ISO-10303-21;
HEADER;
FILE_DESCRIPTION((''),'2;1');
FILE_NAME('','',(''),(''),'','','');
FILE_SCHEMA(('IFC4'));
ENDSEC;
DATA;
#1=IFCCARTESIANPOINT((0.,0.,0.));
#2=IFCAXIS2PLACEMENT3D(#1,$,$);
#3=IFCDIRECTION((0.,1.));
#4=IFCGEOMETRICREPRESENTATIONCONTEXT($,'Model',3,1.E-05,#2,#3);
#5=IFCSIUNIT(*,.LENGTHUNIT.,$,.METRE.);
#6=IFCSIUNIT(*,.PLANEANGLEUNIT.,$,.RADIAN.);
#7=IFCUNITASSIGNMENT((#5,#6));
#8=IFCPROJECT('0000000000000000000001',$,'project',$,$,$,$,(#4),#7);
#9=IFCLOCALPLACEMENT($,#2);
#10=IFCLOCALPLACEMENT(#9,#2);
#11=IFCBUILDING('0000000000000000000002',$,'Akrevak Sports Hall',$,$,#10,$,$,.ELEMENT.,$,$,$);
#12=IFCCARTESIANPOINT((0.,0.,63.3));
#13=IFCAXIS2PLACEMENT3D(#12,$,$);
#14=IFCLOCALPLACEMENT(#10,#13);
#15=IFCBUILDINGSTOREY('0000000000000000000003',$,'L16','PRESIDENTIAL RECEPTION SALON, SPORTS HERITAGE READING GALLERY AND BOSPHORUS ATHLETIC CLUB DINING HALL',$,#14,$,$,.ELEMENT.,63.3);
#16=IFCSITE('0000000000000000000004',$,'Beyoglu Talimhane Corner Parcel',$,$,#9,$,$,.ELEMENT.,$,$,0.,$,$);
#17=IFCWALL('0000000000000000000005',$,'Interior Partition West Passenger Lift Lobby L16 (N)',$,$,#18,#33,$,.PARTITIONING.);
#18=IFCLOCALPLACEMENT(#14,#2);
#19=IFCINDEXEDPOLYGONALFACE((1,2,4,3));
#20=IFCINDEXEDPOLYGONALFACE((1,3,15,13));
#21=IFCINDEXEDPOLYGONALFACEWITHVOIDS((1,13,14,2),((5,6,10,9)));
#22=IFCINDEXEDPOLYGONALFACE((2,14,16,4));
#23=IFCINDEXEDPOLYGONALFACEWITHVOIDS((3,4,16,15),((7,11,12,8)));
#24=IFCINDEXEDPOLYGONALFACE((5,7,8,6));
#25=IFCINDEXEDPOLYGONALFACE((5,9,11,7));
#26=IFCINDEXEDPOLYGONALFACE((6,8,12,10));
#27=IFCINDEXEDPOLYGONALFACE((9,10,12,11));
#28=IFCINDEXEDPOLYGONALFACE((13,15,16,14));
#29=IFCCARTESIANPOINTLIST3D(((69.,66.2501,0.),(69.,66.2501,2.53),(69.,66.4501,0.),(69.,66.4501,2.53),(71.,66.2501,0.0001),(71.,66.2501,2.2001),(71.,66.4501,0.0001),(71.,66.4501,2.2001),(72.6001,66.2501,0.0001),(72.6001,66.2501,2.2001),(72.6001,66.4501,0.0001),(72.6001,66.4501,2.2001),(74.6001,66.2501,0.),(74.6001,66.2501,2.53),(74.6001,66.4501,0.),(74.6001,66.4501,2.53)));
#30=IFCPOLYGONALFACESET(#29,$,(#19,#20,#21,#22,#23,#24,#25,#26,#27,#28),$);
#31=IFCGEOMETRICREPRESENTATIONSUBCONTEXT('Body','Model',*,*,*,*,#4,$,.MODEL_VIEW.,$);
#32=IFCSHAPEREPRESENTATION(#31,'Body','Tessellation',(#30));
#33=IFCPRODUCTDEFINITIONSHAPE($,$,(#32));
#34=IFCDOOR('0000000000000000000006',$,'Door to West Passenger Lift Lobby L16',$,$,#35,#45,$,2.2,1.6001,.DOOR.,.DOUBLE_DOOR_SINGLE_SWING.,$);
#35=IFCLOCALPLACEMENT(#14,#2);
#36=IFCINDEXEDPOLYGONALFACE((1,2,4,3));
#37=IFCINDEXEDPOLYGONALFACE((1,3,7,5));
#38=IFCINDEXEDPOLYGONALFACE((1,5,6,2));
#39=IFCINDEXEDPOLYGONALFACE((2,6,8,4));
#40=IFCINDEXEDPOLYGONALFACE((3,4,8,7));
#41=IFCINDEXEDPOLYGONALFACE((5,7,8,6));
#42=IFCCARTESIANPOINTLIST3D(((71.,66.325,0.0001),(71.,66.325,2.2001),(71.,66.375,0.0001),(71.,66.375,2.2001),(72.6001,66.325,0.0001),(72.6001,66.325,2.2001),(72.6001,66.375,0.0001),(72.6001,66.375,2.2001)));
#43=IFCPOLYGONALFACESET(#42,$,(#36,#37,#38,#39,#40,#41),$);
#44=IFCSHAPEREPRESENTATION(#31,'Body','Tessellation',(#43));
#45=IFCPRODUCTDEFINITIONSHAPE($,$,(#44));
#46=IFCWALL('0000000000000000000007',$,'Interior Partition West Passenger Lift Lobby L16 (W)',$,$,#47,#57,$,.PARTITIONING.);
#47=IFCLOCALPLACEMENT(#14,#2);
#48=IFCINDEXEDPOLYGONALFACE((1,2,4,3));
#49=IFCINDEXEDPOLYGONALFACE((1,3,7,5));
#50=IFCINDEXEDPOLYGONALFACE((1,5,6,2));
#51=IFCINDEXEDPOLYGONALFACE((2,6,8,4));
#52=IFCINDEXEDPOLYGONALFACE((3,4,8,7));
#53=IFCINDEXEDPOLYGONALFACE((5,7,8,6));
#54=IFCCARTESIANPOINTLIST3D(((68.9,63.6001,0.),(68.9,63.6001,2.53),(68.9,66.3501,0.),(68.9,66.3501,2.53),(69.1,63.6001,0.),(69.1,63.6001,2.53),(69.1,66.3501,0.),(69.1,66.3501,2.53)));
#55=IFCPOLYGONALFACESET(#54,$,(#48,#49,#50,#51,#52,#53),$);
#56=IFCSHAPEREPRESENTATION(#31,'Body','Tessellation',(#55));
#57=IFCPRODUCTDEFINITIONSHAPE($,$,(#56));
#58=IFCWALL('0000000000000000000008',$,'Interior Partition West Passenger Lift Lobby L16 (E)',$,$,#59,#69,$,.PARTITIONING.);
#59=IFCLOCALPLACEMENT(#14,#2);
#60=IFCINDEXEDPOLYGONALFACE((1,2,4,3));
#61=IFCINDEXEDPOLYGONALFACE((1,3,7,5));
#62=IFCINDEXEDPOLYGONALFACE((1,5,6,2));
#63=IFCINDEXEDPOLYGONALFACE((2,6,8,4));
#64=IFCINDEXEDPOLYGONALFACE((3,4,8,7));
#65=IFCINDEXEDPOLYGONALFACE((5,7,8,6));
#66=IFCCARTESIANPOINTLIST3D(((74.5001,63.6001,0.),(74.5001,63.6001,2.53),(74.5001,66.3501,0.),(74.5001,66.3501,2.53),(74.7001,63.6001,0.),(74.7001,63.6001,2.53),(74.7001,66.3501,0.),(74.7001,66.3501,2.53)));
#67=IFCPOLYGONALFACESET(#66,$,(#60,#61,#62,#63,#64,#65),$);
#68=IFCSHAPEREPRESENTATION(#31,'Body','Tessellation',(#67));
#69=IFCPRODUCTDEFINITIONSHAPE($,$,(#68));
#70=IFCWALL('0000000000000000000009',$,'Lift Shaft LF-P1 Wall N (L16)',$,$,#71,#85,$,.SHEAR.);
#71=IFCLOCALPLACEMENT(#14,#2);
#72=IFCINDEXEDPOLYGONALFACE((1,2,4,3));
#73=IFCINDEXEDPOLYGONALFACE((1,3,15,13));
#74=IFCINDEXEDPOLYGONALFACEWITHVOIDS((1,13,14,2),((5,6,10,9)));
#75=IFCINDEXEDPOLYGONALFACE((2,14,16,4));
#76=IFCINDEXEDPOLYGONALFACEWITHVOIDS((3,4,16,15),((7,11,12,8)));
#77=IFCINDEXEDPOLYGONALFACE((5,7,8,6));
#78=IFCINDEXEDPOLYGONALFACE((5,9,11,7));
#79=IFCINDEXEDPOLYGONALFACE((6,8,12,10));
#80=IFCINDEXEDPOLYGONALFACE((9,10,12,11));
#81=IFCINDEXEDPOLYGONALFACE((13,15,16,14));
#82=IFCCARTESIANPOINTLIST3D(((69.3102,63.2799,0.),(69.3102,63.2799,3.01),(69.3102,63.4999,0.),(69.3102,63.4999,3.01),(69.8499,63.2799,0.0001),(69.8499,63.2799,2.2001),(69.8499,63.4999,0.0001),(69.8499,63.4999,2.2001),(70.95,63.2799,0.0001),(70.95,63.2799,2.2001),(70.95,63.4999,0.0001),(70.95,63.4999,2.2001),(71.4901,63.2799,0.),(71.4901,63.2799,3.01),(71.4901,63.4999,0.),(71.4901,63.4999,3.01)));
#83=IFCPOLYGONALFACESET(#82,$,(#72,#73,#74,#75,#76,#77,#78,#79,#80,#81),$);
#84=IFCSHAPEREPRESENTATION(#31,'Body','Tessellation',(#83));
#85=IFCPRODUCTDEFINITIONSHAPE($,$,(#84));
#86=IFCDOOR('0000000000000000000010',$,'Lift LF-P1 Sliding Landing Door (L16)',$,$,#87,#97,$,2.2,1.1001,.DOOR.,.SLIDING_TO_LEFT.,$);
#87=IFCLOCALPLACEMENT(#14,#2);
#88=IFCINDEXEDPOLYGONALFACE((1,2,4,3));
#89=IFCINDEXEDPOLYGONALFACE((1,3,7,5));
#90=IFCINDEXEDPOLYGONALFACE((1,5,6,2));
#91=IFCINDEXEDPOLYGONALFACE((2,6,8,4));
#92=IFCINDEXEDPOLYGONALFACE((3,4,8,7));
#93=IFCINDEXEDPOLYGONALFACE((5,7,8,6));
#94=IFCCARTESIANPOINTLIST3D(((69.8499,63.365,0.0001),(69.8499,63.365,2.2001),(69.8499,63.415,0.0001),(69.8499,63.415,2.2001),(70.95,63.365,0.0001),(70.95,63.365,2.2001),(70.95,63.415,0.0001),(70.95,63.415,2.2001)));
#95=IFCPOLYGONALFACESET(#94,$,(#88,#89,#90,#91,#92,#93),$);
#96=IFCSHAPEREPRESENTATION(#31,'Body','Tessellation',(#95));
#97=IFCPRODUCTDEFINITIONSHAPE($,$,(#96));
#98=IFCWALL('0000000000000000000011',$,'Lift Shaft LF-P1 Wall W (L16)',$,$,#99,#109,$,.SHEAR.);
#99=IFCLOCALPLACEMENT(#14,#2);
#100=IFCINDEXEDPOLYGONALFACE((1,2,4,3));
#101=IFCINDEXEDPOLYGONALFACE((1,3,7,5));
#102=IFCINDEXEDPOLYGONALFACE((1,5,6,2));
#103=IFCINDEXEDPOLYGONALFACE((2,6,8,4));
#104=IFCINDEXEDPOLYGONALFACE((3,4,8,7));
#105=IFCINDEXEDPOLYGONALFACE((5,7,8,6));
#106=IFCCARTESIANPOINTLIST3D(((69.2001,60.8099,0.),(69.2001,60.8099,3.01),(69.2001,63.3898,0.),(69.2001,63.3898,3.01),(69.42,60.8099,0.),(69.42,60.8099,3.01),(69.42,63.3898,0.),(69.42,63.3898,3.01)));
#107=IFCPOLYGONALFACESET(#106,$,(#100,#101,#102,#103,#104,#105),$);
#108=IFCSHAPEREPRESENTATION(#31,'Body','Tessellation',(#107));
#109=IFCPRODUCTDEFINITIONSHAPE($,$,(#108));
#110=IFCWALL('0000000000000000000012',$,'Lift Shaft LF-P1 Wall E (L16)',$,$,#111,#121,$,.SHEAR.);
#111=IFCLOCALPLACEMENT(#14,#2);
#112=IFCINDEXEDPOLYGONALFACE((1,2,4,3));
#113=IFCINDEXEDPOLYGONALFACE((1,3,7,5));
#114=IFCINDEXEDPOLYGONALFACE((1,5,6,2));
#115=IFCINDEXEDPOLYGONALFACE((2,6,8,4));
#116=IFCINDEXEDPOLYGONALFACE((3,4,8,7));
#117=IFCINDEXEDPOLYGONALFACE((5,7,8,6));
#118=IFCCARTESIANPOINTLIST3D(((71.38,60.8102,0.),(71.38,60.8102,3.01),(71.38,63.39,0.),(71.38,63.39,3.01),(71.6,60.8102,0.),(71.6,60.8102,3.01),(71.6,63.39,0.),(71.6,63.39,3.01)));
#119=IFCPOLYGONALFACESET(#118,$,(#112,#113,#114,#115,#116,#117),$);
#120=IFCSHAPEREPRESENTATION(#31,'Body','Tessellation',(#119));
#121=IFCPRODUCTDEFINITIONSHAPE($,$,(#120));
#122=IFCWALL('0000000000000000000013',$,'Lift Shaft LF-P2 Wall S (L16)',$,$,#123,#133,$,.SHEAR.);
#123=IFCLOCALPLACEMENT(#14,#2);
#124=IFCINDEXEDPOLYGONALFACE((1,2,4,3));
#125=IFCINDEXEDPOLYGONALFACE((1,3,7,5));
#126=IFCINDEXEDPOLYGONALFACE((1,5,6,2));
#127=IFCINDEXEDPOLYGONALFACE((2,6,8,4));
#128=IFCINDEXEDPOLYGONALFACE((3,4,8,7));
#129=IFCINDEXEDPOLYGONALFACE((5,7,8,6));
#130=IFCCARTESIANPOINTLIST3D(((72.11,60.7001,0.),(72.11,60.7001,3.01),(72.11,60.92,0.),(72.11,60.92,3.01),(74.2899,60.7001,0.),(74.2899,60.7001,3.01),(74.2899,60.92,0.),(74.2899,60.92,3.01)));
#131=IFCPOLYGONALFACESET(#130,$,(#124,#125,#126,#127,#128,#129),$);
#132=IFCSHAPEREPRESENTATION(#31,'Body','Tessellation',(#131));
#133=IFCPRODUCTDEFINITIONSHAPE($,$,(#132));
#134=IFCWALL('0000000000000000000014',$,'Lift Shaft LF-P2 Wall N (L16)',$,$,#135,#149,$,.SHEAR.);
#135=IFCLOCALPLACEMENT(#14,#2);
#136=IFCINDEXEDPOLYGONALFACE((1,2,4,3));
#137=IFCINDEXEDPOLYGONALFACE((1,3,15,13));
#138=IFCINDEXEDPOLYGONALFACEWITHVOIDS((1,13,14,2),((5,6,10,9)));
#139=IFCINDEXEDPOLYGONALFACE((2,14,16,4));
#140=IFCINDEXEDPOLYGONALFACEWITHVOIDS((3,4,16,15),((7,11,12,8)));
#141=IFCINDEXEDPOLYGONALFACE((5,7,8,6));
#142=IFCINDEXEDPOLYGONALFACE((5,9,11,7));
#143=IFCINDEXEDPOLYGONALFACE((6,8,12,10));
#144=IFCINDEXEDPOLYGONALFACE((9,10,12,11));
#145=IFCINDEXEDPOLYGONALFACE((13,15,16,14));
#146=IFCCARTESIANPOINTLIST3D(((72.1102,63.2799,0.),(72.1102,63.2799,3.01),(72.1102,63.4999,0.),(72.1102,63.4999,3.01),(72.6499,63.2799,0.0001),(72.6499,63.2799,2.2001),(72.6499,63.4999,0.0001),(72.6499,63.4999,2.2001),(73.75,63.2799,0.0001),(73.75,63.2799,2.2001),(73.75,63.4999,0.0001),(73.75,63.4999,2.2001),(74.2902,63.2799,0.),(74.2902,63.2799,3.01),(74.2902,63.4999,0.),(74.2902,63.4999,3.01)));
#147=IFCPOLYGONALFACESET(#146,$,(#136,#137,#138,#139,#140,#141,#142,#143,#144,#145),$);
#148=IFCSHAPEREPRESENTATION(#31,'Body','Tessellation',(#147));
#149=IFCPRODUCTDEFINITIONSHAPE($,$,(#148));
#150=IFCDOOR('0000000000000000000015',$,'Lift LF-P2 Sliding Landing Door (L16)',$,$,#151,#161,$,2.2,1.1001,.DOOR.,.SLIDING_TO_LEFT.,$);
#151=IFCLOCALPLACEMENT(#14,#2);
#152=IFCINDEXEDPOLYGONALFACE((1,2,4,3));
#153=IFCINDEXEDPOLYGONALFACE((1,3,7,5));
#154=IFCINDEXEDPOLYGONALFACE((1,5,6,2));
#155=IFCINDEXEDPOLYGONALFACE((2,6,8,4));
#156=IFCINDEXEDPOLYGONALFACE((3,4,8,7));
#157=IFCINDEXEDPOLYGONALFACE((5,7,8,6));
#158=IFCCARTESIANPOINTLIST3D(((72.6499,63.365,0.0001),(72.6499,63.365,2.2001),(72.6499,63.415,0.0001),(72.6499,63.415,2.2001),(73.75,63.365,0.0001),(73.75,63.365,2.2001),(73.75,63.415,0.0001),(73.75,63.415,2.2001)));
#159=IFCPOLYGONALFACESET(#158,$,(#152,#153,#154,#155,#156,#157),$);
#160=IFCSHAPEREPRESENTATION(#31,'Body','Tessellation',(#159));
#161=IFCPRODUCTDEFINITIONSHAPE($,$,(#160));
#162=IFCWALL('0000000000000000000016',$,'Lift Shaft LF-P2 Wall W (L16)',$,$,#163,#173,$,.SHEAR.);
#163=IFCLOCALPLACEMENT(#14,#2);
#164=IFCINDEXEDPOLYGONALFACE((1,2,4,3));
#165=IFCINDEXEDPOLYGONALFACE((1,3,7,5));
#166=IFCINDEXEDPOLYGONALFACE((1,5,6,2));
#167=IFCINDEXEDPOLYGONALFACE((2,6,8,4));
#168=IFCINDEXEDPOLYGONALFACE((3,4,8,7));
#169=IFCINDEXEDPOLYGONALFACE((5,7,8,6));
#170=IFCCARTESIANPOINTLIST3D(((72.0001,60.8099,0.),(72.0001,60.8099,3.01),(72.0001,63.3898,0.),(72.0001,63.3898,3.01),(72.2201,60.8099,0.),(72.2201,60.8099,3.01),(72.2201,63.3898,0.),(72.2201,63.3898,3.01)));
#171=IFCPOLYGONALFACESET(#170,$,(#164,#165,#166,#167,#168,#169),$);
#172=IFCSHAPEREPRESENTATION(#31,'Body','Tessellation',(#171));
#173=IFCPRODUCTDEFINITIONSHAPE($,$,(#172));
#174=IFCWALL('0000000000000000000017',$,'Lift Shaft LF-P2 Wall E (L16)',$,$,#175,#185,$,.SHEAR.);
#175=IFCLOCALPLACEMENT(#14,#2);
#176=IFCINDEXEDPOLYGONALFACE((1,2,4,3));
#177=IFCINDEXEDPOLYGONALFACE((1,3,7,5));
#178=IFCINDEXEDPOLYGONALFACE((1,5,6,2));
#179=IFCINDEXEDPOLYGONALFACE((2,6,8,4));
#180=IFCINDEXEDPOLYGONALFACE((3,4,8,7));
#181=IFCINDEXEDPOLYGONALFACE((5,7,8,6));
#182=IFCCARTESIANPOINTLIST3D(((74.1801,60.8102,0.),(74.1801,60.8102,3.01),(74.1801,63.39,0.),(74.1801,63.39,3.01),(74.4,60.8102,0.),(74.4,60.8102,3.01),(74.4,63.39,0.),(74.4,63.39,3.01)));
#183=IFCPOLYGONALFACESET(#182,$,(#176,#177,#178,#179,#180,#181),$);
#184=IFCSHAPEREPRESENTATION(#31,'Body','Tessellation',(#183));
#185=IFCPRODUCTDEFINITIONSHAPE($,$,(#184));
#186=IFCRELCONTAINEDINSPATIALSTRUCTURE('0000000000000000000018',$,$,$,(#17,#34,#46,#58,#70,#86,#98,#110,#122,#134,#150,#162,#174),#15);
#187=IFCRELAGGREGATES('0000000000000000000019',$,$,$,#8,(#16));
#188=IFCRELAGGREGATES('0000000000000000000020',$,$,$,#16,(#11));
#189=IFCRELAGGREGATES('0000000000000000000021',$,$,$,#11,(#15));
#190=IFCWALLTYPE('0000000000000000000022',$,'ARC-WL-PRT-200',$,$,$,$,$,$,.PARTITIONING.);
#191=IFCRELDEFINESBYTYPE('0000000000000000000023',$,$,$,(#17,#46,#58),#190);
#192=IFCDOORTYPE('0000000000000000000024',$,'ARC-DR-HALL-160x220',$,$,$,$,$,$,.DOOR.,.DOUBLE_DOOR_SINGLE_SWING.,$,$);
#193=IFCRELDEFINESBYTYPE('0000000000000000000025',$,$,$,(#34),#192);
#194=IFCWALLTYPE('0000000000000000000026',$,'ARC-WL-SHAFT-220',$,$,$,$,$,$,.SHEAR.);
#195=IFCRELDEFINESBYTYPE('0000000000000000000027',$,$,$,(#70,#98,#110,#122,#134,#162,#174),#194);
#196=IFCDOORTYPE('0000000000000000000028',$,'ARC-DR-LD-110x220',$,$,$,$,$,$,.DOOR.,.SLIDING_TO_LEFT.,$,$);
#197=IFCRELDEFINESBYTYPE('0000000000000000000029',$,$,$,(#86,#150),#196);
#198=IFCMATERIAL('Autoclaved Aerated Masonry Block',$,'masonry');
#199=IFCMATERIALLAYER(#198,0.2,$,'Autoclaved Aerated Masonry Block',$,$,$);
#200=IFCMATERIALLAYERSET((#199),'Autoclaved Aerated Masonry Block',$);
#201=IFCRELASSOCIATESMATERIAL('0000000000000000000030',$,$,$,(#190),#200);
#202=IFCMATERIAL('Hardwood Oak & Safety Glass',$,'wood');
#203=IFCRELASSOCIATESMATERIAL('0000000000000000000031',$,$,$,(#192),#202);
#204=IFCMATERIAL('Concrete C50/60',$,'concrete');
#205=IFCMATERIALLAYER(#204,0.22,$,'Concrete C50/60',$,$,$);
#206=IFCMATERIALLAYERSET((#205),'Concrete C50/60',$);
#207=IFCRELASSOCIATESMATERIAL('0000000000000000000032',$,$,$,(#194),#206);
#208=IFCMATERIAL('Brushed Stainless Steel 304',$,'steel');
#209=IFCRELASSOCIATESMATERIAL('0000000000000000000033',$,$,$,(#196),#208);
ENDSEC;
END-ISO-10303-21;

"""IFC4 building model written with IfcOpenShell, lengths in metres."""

from ifc_helpers import new_model, si_unit, direction, frame, frame_2d, origin, place, context, subcontext, project, spatial, rectangle, extrude, material, layer, layer_set, type_object, element, fill, save


model = new_model("IFC4")

# Units and contexts
model_context = context("Model", 3, precision=1e-05, world=origin(), true_north=direction((0.0, 1.0)))
body_context = subcontext(model_context, "Body", "Model", "MODEL_VIEW")
ifc_project = project(units=[si_unit("LENGTHUNIT", "METRE"), si_unit("PLANEANGLEUNIT", "RADIAN")], contexts=[model_context])

# Site, building, storey
site_placement = place(None, origin())
site = spatial("IfcSite", under=ifc_project, at=site_placement, Name="Beyoglu Talimhane Corner Parcel", CompositionType="ELEMENT", RefElevation=0.0)
building_placement = place(site_placement, origin())
building = spatial("IfcBuilding", under=site, at=building_placement, Name="Akrevak Sports Hall", CompositionType="ELEMENT")
storey_placement = place(building_placement, frame((0.0, 0.0, 63.3)))
storey = spatial("IfcBuildingStorey", under=building, at=storey_placement, Name="L16", Description="PRESIDENTIAL RECEPTION SALON, SPORTS HERITAGE READING GALLERY AND BOSPHORUS ATHLETIC CLUB DINING HALL", CompositionType="ELEMENT", Elevation=63.3)

# Wall, opening, door
ifc_material_1 = material(Name="Autoclaved Aerated Masonry Block", Category="masonry")
ifc_layer_1 = layer(ifc_material_1, 0.2, Name="Autoclaved Aerated Masonry Block")
ifc_layer_set_1 = layer_set([ifc_layer_1], Name="Autoclaved Aerated Masonry Block")
wall_type_1 = type_object("IfcWallType", Name="ARC-WL-PRT-200", PredefinedType="PARTITIONING", material=ifc_layer_set_1)
wall_1_placement = place(storey_placement, frame((69.0, 66.3501, 0.0), z_axis=(0.0, 0.0, 1.0), x_axis=(1.0, 0.0, 0.0)))
wall_1 = element("IfcWall", 1, at=wall_1_placement, inside=storey, type_object=wall_type_1, Name="Interior Partition West Passenger Lift Lobby L16 (N)", PredefinedType="PARTITIONING", context=body_context, shape_type="SweptSolid", body=[
    extrude(rectangle(XDim=5.6001, YDim=0.2, at=frame_2d((2.8, 0.0))), origin(), (0.0, 0.0, 1.0), 2.53),
])
opening_1_placement = place(wall_1_placement, frame((2.0, 0.0, 0.0)))
opening_1 = element("IfcOpeningElement", 2, at=opening_1_placement, cuts=wall_1, PredefinedType="OPENING", context=body_context, shape_type="SweptSolid", body=[
    extrude(rectangle(XDim=1.6001, YDim=2.2, at=frame_2d((0.8, 1.1001))), frame((0.0, 0.1118, 0.0), z_axis=(0.0, -1.0, 0.0), x_axis=(1.0, 0.0, 0.0)), (0.0, 0.0, 1.0), 0.2239),
])
ifc_material_2 = material(Name="Hardwood Oak & Safety Glass", Category="wood")
door_type_1 = type_object("IfcDoorType", Name="ARC-DR-HALL-160x220", OperationType="DOUBLE_DOOR_SINGLE_SWING", PredefinedType="DOOR", material=ifc_material_2)
door_1_placement = place(opening_1_placement, origin())
door_1 = element("IfcDoor", 3, at=door_1_placement, inside=storey, type_object=door_type_1, Name="Door to West Passenger Lift Lobby L16", OperationType="DOUBLE_DOOR_SINGLE_SWING", OverallHeight=2.2, OverallWidth=1.6001, PredefinedType="DOOR", context=body_context, shape_type="SweptSolid", body=[
    extrude(rectangle(XDim=1.6001, YDim=2.2, at=frame_2d((0.8, 1.1001))), frame((0.0, 0.0249, 0.0), z_axis=(0.0, -1.0, 0.0), x_axis=(1.0, 0.0, 0.0)), (0.0, 0.0, 1.0), 0.05),
])
fill(opening_1, door_1)

# Walls
for number, where, z_axis, x_axis, name in (
    (4, (69.0, 63.6001, 0.0), (0.0, 0.0, 1.0), (0.0, 1.0, 0.0), "Interior Partition West Passenger Lift Lobby L16 (W)"),
    (5, (74.6001, 63.6001, 0.0), (0.0, 0.0, 1.0), (0.0, 1.0, 0.0), "Interior Partition West Passenger Lift Lobby L16 (E)"),
):
    element("IfcWall", number, at=place(storey_placement, frame(where, z_axis=z_axis, x_axis=x_axis)), inside=storey, type_object=wall_type_1, Name=name, PredefinedType="PARTITIONING", context=body_context, shape_type="SweptSolid", body=[
        extrude(rectangle(XDim=2.75, YDim=0.2, at=frame_2d((1.375, 0.0))), origin(), (0.0, 0.0, 1.0), 2.53),
    ])
ifc_material_3 = material(Name="Concrete C50/60", Category="concrete")
ifc_layer_2 = layer(ifc_material_3, 0.22, Name="Concrete C50/60")
ifc_layer_set_2 = layer_set([ifc_layer_2], Name="Concrete C50/60")
wall_type_2 = type_object("IfcWallType", Name="ARC-WL-SHAFT-220", PredefinedType="SHEAR", material=ifc_layer_set_2)

# Wall, opening, door
wall_2_placement = place(storey_placement, frame((71.49, 63.3899, 0.0), z_axis=(0.0, 0.0, 1.0), x_axis=(-1.0, 0.0, 0.0)))
wall_2 = element("IfcWall", 6, at=wall_2_placement, inside=storey, type_object=wall_type_2, Name="Lift Shaft LF-P1 Wall N (L16)", PredefinedType="SHEAR", context=body_context, shape_type="SweptSolid", body=[
    extrude(rectangle(XDim=2.1799, YDim=0.22, at=frame_2d((1.0898, 0.0))), origin(), (0.0, 0.0, 1.0), 3.01),
])
opening_2_placement = place(wall_2_placement, frame((0.54, 0.0, 0.0)))
opening_2 = element("IfcOpeningElement", 7, at=opening_2_placement, cuts=wall_2, PredefinedType="OPENING", context=body_context, shape_type="SweptSolid", body=[
    extrude(rectangle(XDim=1.1001, YDim=2.2, at=frame_2d((0.55, 1.1001))), frame((0.0, 0.1221, 0.0), z_axis=(0.0, -1.0, 0.0), x_axis=(1.0, 0.0, 0.0)), (0.0, 0.0, 1.0), 0.2439),
])
ifc_material_4 = material(Name="Brushed Stainless Steel 304", Category="steel")
door_type_2 = type_object("IfcDoorType", Name="ARC-DR-LD-110x220", OperationType="SLIDING_TO_LEFT", PredefinedType="DOOR", material=ifc_material_4)
door_2_placement = place(opening_2_placement, origin())
door_2 = element("IfcDoor", 8, at=door_2_placement, inside=storey, type_object=door_type_2, Name="Lift LF-P1 Sliding Landing Door (L16)", OperationType="SLIDING_TO_LEFT", OverallHeight=2.2, OverallWidth=1.1001, PredefinedType="DOOR", context=body_context, shape_type="SweptSolid", body=[
    extrude(rectangle(XDim=1.1001, YDim=2.2, at=frame_2d((0.55, 1.1001))), frame((0.0, 0.0249, 0.0), z_axis=(0.0, -1.0, 0.0), x_axis=(1.0, 0.0, 0.0)), (0.0, 0.0, 1.0), 0.05),
])
fill(opening_2, door_2)

# Walls
for number, where, z_axis, x_axis, name in (
    (9, (69.3101, 63.3899, 0.0), (0.0, 0.0, 1.0), (0.0, -1.0, 0.0), "Lift Shaft LF-P1 Wall W (L16)"),
    (10, (71.49, 60.8101, 0.0), (0.0, 0.0, 1.0), (0.0, 1.0, 0.0), "Lift Shaft LF-P1 Wall E (L16)"),
):
    element("IfcWall", number, at=place(storey_placement, frame(where, z_axis=z_axis, x_axis=x_axis)), inside=storey, type_object=wall_type_2, Name=name, PredefinedType="SHEAR", context=body_context, shape_type="SweptSolid", body=[
        extrude(rectangle(XDim=2.5798, YDim=0.22, at=frame_2d((1.29, 0.0))), origin(), (0.0, 0.0, 1.0), 3.01),
    ])
wall_3_placement = place(storey_placement, frame((72.1101, 60.8101, 0.0), z_axis=(0.0, 0.0, 1.0), x_axis=(1.0, 0.0, 0.0)))
element("IfcWall", 11, at=wall_3_placement, inside=storey, type_object=wall_type_2, Name="Lift Shaft LF-P2 Wall S (L16)", PredefinedType="SHEAR", context=body_context, shape_type="SweptSolid", body=[
    extrude(rectangle(XDim=2.1799, YDim=0.22, at=frame_2d((1.0898, 0.0))), origin(), (0.0, 0.0, 1.0), 3.01),
])

# Wall, opening, door
wall_4_placement = place(storey_placement, frame((74.29, 63.3899, 0.0), z_axis=(0.0, 0.0, 1.0), x_axis=(-1.0, 0.0, 0.0)))
wall_4 = element("IfcWall", 12, at=wall_4_placement, inside=storey, type_object=wall_type_2, Name="Lift Shaft LF-P2 Wall N (L16)", PredefinedType="SHEAR", context=body_context, shape_type="SweptSolid", body=[
    extrude(rectangle(XDim=2.1799, YDim=0.22, at=frame_2d((1.0898, 0.0))), origin(), (0.0, 0.0, 1.0), 3.01),
])
opening_3_placement = place(wall_4_placement, frame((0.54, 0.0, 0.0)))
opening_3 = element("IfcOpeningElement", 13, at=opening_3_placement, cuts=wall_4, PredefinedType="OPENING", context=body_context, shape_type="SweptSolid", body=[
    extrude(rectangle(XDim=1.1001, YDim=2.2, at=frame_2d((0.55, 1.1001))), frame((0.0, 0.1221, 0.0), z_axis=(0.0, -1.0, 0.0), x_axis=(1.0, 0.0, 0.0)), (0.0, 0.0, 1.0), 0.2439),
])
door_3_placement = place(opening_3_placement, origin())
door_3 = element("IfcDoor", 14, at=door_3_placement, inside=storey, type_object=door_type_2, Name="Lift LF-P2 Sliding Landing Door (L16)", OperationType="SLIDING_TO_LEFT", OverallHeight=2.2, OverallWidth=1.1001, PredefinedType="DOOR", context=body_context, shape_type="SweptSolid", body=[
    extrude(rectangle(XDim=1.1001, YDim=2.2, at=frame_2d((0.55, 1.1001))), frame((0.0, 0.0249, 0.0), z_axis=(0.0, -1.0, 0.0), x_axis=(1.0, 0.0, 0.0)), (0.0, 0.0, 1.0), 0.05),
])
fill(opening_3, door_3)

# Walls
for number, where, z_axis, x_axis, name in (
    (15, (72.1101, 63.3899, 0.0), (0.0, 0.0, 1.0), (0.0, -1.0, 0.0), "Lift Shaft LF-P2 Wall W (L16)"),
    (16, (74.29, 60.8101, 0.0), (0.0, 0.0, 1.0), (0.0, 1.0, 0.0), "Lift Shaft LF-P2 Wall E (L16)"),
):
    element("IfcWall", number, at=place(storey_placement, frame(where, z_axis=z_axis, x_axis=x_axis)), inside=storey, type_object=wall_type_2, Name=name, PredefinedType="SHEAR", context=body_context, shape_type="SweptSolid", body=[
        extrude(rectangle(XDim=2.5798, YDim=0.22, at=frame_2d((1.29, 0.0))), origin(), (0.0, 0.0, 1.0), 3.01),
    ])

save(model, "model.ifc")
